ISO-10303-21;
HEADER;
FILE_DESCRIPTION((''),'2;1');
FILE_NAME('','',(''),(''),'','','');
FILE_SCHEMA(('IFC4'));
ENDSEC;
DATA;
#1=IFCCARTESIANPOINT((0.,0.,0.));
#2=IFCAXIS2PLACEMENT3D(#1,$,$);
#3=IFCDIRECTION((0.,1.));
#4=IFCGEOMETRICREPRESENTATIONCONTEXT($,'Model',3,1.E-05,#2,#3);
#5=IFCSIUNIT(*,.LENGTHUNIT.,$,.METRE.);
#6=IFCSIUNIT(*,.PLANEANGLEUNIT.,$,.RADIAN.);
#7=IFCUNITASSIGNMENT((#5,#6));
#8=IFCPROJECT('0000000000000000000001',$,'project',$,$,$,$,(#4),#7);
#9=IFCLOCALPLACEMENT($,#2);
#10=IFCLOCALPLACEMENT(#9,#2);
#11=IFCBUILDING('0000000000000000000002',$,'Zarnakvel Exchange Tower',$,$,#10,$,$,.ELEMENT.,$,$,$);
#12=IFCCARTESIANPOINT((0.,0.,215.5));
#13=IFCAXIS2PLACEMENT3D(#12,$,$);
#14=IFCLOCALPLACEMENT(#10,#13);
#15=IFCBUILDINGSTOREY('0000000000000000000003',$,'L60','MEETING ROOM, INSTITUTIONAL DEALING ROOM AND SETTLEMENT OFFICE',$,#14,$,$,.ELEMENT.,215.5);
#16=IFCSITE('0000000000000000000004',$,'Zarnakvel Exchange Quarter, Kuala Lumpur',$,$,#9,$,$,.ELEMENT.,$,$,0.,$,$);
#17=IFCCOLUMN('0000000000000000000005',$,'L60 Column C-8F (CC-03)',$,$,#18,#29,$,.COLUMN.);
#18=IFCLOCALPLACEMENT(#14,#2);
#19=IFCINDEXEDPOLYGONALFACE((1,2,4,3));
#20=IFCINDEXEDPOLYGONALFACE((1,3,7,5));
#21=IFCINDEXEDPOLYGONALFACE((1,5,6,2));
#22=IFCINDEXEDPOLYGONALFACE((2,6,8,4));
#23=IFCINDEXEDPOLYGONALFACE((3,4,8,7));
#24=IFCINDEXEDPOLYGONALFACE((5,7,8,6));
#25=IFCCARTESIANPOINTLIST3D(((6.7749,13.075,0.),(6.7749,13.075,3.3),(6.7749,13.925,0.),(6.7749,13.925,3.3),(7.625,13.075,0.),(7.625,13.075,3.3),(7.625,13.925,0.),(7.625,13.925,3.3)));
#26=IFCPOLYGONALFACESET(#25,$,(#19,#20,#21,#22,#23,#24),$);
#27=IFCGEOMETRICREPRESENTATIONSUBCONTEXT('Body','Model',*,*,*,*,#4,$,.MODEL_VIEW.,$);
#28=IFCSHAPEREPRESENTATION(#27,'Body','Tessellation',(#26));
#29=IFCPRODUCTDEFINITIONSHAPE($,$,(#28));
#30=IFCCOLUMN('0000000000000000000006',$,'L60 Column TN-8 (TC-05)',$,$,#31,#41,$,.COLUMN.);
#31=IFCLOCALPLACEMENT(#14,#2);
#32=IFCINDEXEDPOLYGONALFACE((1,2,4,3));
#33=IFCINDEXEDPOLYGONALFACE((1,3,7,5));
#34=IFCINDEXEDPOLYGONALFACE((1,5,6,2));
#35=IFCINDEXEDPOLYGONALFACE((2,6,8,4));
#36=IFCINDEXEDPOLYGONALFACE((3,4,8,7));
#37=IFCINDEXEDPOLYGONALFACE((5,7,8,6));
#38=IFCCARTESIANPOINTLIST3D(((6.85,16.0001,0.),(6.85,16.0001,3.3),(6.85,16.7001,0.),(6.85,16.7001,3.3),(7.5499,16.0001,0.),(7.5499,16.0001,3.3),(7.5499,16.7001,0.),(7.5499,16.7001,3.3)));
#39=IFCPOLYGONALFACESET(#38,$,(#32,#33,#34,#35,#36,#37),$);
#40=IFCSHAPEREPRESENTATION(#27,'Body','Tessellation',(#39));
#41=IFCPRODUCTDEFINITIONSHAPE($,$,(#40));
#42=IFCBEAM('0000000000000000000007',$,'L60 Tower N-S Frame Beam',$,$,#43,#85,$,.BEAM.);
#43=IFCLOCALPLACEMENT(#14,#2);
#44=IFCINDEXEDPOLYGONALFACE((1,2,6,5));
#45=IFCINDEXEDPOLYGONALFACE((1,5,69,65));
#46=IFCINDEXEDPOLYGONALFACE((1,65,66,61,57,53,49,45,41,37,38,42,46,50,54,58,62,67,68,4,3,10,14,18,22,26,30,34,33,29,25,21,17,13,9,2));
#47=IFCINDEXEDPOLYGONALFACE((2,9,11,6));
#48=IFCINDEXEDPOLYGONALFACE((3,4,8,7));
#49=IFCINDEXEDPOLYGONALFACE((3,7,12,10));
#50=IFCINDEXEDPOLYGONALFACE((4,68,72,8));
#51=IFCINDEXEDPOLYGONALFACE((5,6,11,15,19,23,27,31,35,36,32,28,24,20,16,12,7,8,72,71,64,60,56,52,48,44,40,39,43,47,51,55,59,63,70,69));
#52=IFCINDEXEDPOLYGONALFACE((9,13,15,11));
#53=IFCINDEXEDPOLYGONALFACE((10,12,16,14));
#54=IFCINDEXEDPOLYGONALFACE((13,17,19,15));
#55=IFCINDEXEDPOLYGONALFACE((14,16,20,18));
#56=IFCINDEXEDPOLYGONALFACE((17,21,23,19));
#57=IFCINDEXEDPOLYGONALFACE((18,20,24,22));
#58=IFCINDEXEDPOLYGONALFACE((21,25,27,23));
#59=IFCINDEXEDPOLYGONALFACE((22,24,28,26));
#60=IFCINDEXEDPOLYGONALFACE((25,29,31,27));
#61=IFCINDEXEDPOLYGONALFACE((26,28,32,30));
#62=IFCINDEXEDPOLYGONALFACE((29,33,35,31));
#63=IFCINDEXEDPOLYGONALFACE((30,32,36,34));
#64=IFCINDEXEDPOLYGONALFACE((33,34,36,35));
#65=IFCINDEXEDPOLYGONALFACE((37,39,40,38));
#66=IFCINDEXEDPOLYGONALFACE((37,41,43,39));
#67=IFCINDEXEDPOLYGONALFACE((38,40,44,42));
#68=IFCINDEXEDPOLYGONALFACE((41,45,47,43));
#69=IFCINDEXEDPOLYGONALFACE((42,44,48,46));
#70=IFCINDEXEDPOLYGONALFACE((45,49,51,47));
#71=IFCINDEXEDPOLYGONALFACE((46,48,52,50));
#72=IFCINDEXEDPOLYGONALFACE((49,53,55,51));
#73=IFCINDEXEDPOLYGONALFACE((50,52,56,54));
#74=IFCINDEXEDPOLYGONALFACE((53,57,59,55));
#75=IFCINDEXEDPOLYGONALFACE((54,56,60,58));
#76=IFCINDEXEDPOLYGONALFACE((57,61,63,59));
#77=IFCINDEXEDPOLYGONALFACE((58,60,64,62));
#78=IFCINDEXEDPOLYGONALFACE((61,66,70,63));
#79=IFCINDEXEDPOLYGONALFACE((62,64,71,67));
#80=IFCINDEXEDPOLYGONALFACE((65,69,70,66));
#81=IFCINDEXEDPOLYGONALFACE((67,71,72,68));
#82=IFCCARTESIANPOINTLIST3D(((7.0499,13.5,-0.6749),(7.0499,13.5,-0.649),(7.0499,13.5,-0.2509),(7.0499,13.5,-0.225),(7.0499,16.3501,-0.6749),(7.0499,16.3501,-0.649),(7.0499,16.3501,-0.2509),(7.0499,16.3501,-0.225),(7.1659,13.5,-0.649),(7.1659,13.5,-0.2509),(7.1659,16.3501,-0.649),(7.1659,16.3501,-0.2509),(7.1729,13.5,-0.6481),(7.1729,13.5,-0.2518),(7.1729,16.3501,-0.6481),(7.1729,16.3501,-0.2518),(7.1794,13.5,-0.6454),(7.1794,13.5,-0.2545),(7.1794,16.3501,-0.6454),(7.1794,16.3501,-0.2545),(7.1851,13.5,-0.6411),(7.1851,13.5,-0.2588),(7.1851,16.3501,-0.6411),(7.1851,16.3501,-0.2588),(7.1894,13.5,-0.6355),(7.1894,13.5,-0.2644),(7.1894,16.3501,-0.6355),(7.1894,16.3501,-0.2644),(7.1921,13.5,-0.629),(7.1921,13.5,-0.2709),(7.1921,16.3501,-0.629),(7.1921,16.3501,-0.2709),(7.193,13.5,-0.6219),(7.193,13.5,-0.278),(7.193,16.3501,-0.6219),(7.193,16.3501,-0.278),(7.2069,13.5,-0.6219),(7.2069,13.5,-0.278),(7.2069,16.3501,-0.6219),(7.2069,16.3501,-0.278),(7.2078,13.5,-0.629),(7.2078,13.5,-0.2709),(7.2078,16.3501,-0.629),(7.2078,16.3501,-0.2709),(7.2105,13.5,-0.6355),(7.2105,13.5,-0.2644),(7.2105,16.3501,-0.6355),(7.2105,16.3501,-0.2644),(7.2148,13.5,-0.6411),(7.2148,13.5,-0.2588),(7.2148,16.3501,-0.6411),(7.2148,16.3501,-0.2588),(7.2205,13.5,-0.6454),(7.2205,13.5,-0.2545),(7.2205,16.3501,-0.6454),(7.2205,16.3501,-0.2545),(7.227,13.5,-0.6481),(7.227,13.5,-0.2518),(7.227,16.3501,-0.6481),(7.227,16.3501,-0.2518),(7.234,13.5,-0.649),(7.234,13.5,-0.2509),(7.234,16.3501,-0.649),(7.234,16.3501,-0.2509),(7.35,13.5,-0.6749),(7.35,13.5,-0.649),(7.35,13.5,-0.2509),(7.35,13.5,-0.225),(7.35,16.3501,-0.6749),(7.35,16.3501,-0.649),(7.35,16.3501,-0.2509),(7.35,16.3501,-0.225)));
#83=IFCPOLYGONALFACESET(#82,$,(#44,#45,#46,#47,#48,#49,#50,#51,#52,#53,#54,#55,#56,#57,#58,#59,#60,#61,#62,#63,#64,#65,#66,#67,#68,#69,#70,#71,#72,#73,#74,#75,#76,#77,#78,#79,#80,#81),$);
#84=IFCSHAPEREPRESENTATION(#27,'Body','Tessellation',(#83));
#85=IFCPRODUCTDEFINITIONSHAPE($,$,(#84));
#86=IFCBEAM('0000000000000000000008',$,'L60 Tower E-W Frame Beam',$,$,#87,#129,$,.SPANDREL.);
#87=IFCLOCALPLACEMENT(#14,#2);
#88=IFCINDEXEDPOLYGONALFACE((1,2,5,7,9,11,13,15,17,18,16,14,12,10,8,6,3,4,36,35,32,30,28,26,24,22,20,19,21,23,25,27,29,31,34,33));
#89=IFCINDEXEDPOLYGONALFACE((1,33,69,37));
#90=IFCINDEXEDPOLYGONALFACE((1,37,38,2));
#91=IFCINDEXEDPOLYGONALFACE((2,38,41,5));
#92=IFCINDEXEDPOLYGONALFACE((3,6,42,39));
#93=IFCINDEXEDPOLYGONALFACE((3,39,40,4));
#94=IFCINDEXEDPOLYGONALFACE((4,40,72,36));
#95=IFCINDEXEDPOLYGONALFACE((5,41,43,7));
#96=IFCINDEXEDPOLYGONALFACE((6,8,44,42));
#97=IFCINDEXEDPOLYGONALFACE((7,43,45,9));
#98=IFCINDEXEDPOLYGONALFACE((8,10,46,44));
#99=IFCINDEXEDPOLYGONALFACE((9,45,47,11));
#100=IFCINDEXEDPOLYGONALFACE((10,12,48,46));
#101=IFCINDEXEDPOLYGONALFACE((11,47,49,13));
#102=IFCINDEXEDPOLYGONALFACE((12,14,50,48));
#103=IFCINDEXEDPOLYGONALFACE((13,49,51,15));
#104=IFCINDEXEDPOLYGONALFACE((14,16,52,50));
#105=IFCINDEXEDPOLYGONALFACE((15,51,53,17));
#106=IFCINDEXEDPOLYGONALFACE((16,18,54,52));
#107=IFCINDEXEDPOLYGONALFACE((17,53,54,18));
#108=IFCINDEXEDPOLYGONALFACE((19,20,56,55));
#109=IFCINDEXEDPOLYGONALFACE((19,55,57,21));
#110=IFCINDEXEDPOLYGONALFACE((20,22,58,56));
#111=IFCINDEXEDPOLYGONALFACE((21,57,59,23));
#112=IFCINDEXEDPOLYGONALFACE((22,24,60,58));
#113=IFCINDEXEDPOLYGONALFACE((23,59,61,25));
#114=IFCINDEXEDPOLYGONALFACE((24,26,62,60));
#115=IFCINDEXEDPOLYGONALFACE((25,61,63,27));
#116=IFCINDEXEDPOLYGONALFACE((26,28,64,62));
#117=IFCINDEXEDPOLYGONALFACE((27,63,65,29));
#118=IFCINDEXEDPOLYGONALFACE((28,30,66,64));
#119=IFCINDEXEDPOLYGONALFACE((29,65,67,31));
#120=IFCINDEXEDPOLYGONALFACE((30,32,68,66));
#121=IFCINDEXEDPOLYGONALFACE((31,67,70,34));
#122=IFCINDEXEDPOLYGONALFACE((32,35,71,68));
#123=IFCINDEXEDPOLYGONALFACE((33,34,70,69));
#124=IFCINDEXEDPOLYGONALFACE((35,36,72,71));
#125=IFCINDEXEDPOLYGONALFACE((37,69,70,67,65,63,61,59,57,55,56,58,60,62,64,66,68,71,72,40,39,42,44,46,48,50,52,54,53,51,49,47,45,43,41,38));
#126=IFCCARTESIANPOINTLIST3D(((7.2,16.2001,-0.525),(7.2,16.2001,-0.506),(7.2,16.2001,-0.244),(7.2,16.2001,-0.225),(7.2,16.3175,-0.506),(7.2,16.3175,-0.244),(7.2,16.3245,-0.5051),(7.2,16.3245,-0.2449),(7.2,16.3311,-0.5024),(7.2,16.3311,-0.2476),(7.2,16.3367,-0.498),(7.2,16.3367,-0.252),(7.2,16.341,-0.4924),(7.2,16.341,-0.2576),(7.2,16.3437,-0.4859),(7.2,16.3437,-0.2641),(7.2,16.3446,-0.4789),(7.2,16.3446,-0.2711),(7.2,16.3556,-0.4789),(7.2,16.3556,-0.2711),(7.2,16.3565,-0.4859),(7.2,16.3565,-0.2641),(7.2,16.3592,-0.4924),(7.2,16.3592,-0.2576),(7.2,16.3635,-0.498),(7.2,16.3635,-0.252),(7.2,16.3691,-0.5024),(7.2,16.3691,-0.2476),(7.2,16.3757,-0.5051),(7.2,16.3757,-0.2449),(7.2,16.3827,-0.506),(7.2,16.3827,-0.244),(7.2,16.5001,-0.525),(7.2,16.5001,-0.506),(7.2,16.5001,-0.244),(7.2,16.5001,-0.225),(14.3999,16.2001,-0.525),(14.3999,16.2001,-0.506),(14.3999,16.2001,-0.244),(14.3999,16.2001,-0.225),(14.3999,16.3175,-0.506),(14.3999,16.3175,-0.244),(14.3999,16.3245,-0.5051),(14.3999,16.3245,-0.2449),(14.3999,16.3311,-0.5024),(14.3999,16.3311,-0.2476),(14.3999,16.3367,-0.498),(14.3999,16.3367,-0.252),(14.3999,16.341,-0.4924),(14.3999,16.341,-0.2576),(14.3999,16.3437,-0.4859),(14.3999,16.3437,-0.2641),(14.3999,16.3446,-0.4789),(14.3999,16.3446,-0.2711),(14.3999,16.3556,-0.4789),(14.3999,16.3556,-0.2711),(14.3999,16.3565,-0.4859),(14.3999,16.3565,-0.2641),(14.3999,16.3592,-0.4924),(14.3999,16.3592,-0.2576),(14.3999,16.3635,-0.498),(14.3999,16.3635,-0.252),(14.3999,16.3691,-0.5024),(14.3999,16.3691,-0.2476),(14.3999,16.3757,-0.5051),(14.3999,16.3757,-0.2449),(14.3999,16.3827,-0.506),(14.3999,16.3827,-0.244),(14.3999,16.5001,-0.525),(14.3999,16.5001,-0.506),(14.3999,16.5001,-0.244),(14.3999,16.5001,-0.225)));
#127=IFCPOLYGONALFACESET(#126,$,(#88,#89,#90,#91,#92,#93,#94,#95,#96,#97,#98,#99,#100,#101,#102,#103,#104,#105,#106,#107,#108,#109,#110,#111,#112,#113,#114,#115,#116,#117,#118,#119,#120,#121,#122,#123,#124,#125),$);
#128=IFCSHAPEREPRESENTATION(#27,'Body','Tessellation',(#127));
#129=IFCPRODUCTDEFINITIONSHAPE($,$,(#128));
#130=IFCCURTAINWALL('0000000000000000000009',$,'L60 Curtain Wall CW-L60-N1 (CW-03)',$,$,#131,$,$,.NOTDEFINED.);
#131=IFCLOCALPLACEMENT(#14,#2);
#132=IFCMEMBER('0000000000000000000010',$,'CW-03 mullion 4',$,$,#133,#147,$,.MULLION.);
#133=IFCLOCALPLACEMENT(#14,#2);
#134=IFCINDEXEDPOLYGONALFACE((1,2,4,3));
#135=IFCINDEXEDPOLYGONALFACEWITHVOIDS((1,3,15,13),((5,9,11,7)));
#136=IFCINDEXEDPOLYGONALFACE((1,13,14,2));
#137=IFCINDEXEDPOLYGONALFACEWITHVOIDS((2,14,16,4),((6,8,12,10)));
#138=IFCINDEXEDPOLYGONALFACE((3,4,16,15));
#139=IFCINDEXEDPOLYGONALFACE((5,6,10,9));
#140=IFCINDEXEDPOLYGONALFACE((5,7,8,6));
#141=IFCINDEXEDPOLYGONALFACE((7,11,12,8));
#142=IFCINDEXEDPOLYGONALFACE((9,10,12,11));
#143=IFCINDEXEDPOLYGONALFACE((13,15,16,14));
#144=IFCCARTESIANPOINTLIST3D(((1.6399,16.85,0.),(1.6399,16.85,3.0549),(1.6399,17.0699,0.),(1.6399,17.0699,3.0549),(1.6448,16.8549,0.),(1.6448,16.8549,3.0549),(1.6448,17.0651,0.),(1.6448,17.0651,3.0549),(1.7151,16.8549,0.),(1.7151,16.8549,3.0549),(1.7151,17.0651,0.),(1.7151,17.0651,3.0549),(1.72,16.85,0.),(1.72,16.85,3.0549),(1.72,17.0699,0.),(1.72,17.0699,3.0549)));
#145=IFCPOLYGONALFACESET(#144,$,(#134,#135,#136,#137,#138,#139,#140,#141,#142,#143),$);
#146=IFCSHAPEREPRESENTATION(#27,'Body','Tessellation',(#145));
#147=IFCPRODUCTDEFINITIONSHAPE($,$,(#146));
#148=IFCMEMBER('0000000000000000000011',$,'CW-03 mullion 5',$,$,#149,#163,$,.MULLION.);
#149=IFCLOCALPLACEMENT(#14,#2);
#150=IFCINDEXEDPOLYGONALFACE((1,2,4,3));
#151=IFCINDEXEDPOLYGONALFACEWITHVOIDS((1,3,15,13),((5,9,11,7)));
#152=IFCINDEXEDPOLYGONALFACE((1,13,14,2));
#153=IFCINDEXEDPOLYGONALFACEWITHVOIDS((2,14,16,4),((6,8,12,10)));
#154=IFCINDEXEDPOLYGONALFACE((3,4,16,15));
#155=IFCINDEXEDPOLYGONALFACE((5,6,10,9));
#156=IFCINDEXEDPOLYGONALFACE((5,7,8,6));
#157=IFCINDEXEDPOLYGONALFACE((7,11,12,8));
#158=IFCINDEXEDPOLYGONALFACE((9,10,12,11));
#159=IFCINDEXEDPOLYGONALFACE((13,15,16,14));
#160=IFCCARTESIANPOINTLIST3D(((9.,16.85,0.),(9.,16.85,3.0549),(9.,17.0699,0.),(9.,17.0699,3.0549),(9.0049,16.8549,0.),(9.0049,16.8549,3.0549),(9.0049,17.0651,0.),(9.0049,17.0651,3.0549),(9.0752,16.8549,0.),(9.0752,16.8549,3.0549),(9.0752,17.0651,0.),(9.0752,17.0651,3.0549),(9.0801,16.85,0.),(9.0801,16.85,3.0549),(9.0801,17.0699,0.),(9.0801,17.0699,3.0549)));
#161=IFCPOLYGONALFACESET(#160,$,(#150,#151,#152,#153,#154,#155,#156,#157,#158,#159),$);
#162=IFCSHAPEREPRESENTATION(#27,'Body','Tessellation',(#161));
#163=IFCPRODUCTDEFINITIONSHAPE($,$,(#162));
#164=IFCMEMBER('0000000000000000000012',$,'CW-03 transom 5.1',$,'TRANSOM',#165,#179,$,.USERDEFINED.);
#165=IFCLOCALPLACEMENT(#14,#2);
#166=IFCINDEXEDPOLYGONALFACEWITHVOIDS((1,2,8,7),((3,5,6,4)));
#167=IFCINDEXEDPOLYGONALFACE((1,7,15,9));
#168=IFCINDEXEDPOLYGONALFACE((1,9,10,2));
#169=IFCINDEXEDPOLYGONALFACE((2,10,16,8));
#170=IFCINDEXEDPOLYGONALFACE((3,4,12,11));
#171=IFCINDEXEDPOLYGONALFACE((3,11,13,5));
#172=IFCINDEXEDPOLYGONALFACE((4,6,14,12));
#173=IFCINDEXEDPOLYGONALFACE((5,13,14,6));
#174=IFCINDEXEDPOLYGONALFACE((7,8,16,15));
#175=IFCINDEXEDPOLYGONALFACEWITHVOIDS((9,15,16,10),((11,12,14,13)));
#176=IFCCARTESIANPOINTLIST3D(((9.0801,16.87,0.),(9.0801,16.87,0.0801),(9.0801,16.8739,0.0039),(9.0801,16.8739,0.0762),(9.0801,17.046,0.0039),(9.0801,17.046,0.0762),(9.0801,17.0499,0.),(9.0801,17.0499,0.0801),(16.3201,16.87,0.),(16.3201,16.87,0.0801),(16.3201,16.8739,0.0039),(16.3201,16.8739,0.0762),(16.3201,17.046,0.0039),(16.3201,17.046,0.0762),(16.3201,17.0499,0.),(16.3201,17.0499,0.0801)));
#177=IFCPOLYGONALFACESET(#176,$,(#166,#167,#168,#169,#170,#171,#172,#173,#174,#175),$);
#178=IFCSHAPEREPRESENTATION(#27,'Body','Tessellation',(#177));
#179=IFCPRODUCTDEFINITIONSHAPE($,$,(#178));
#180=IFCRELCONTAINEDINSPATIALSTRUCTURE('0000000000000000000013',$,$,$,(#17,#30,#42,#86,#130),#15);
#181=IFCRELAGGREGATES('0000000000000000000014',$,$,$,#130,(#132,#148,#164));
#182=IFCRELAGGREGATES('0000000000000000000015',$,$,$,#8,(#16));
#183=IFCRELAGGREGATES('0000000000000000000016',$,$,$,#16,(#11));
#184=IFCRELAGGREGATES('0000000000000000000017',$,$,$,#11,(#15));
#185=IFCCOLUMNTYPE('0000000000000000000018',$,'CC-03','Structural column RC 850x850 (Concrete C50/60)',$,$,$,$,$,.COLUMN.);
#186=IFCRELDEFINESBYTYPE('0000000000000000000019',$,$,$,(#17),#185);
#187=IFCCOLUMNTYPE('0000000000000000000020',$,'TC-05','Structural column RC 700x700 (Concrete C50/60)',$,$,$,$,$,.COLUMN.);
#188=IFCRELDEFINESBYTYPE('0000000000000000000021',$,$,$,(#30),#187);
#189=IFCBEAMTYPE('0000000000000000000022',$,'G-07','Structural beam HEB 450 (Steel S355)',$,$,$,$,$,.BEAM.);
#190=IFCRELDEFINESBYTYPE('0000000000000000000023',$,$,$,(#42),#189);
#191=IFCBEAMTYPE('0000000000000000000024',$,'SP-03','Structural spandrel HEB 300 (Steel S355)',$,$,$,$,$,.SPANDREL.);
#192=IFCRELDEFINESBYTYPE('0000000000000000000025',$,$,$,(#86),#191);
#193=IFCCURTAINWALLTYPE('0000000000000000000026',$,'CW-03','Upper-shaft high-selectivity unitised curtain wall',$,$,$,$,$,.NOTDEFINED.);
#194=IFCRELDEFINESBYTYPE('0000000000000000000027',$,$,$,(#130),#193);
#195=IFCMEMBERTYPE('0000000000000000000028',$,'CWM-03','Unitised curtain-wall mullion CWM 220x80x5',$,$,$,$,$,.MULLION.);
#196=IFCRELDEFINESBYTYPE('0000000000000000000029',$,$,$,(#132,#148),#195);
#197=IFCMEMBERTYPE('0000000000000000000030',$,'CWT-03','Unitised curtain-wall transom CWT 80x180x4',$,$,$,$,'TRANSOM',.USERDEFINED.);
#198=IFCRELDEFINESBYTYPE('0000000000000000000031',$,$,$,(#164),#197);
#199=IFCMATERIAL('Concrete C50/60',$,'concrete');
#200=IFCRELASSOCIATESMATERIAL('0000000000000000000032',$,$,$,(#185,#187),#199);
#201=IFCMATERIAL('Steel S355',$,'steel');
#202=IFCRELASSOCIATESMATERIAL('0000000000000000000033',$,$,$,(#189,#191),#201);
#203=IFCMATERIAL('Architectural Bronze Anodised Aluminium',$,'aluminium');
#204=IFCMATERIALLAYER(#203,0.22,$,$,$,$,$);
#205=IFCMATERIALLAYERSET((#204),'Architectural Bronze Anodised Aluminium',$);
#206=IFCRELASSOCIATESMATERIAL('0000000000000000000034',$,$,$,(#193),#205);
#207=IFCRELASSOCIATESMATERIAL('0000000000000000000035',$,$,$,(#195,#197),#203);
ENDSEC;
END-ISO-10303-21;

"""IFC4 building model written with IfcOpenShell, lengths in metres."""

from ifc_helpers import new_model, si_unit, direction, frame, origin, origin_2d, place, context, subcontext, project, spatial, rectangle, hollow_rectangle, i_section, extrude, source, transform, mapped, material, layer, layer_set, material_profile, profile_set, type_object, element, aggregate, save


model = new_model("IFC4")

# Units and contexts
model_context = context("Model", 3, precision=1e-05, world=origin(), true_north=direction((0.0, 1.0)))
body_context = subcontext(model_context, "Body", "Model", "MODEL_VIEW")
ifc_project = project(units=[si_unit("LENGTHUNIT", "METRE"), si_unit("PLANEANGLEUNIT", "RADIAN")], contexts=[model_context])

# Site, building, storey
site_placement = place(None, origin())
site = spatial("IfcSite", under=ifc_project, at=site_placement, Name="Zarnakvel Exchange Quarter, Kuala Lumpur", CompositionType="ELEMENT", RefElevation=0.0)
building_placement = place(site_placement, origin())
building = spatial("IfcBuilding", under=site, at=building_placement, Name="Zarnakvel Exchange Tower", CompositionType="ELEMENT")
storey_placement = place(building_placement, frame((0.0, 0.0, 215.5)))
storey = spatial("IfcBuildingStorey", under=building, at=storey_placement, Name="L60", Description="MEETING ROOM, INSTITUTIONAL DEALING ROOM AND SETTLEMENT OFFICE", CompositionType="ELEMENT", Elevation=215.5)

# Columns
ifc_material_1 = material(Name="Concrete C50/60", Category="concrete")
ifc_material_profile_1 = material_profile(ifc_material_1, rectangle(XDim=0.8501, YDim=0.8501, at=origin_2d()))
ifc_profile_set_1 = profile_set([ifc_material_profile_1], Name="Concrete C50/60")
column_type_1 = type_object("IfcColumnType", Name="CC-03", Description="Structural column RC 850x850 (Concrete C50/60)", PredefinedType="COLUMN", material=ifc_profile_set_1)
column_1_placement = place(storey_placement, frame((7.2, 13.5, 0.0), z_axis=(0.0, 0.0, 1.0), x_axis=(1.0, 0.0, 0.0)))
element("IfcColumn", 1, at=column_1_placement, inside=storey, type_object=column_type_1, Name="L60 Column C-8F (CC-03)", PredefinedType="COLUMN", context=body_context, shape_type="SweptSolid", body=[
    extrude(rectangle(XDim=0.8501, YDim=0.8501, at=origin_2d()), origin(), (0.0, 0.0, 1.0), 3.3),
])
ifc_material_profile_2 = material_profile(ifc_material_1, rectangle(XDim=0.7, YDim=0.7, at=origin_2d()))
ifc_profile_set_2 = profile_set([ifc_material_profile_2], Name="Concrete C50/60")
column_type_2 = type_object("IfcColumnType", Name="TC-05", Description="Structural column RC 700x700 (Concrete C50/60)", PredefinedType="COLUMN", material=ifc_profile_set_2)
column_2_placement = place(storey_placement, frame((7.2, 16.3501, 0.0), z_axis=(0.0, 0.0, 1.0), x_axis=(1.0, 0.0, 0.0)))
element("IfcColumn", 2, at=column_2_placement, inside=storey, type_object=column_type_2, Name="L60 Column TN-8 (TC-05)", PredefinedType="COLUMN", context=body_context, shape_type="SweptSolid", body=[
    extrude(rectangle(XDim=0.7, YDim=0.7, at=origin_2d()), origin(), (0.0, 0.0, 1.0), 3.3),
])

# Beams
ifc_material_2 = material(Name="Steel S355", Category="steel")
ifc_material_profile_3 = material_profile(ifc_material_2, i_section(OverallWidth=0.3, OverallDepth=0.45, WebThickness=0.0139, FlangeThickness=0.0259, FilletRadius=0.0271, at=origin_2d()))
ifc_profile_set_3 = profile_set([ifc_material_profile_3], Name="Steel S355")
beam_type_1 = type_object("IfcBeamType", Name="G-07", Description="Structural beam HEB 450 (Steel S355)", PredefinedType="BEAM", material=ifc_profile_set_3)
beam_1_placement = place(storey_placement, frame((7.2, 13.5, -0.45), z_axis=(0.0, 1.0, 0.0), x_axis=(-1.0, 0.0, 0.0)))
element("IfcBeam", 3, at=beam_1_placement, inside=storey, type_object=beam_type_1, Name="L60 Tower N-S Frame Beam", PredefinedType="BEAM", context=body_context, shape_type="SweptSolid", body=[
    extrude(i_section(OverallWidth=0.3, OverallDepth=0.45, WebThickness=0.0139, FlangeThickness=0.0259, FilletRadius=0.0271, at=origin_2d()), origin(), (0.0, 0.0, 1.0), 2.8501),
])
ifc_material_profile_4 = material_profile(ifc_material_2, i_section(OverallWidth=0.3, OverallDepth=0.3, WebThickness=0.011, FlangeThickness=0.019, FilletRadius=0.0271, at=origin_2d()))
ifc_profile_set_4 = profile_set([ifc_material_profile_4], Name="Steel S355")
beam_type_2 = type_object("IfcBeamType", Name="SP-03", Description="Structural spandrel HEB 300 (Steel S355)", PredefinedType="SPANDREL", material=ifc_profile_set_4)
beam_2_placement = place(storey_placement, frame((7.2, 16.3501, -0.375), z_axis=(1.0, 0.0, 0.0), x_axis=(0.0, 1.0, 0.0)))
element("IfcBeam", 4, at=beam_2_placement, inside=storey, type_object=beam_type_2, Name="L60 Tower E-W Frame Beam", PredefinedType="SPANDREL", context=body_context, shape_type="SweptSolid", body=[
    extrude(i_section(OverallWidth=0.3, OverallDepth=0.3, WebThickness=0.011, FlangeThickness=0.019, FilletRadius=0.0271, at=origin_2d()), origin(), (0.0, 0.0, 1.0), 7.2),
])

# Curtain wall, members
ifc_material_3 = material(Name="Architectural Bronze Anodised Aluminium", Category="aluminium")
ifc_layer_1 = layer(ifc_material_3, 0.22)
ifc_layer_set_1 = layer_set([ifc_layer_1], Name="Architectural Bronze Anodised Aluminium")
curtain_wall_type = type_object("IfcCurtainWallType", Name="CW-03", Description="Upper-shaft high-selectivity unitised curtain wall", PredefinedType="NOTDEFINED", material=ifc_layer_set_1)
curtain_wall_placement = place(storey_placement, origin())
curtain_wall = element("IfcCurtainWall", 5, at=curtain_wall_placement, inside=storey, type_object=curtain_wall_type, Name="L60 Curtain Wall CW-L60-N1 (CW-03)", PredefinedType="NOTDEFINED")
ifc_material_profile_5 = material_profile(ifc_material_3, hollow_rectangle(XDim=0.22, YDim=0.0801, WallThickness=0.0049, at=origin_2d()))
ifc_profile_set_5 = profile_set([ifc_material_profile_5], Name="Architectural Bronze Anodised Aluminium")
member_type_1 = type_object("IfcMemberType", Name="CWM-03", Description="Unitised curtain-wall mullion CWM 220x80x5", PredefinedType="MULLION", material=ifc_profile_set_5)
shared_shape_1 = source(origin(), body_context, "Body", "SweptSolid", [
    extrude(hollow_rectangle(XDim=0.22, YDim=0.0801, WallThickness=0.0049, at=origin_2d()), origin(), (0.0, 0.0, 1.0), 3.0549),
])
member_1_placement = place(storey_placement, frame((1.6799, 16.96, 0.0), z_axis=(0.0, 0.0, 1.0), x_axis=(0.0, 1.0, 0.0)))
member_1 = element("IfcMember", 6, at=member_1_placement, type_object=member_type_1, Name="CW-03 mullion 4", PredefinedType="MULLION", context=body_context, shape_type="MappedRepresentation", body=[
    mapped(shared_shape_1, transform((0.0, 0.0, 0.0), x_axis=(1.0, 0.0, 0.0), y_axis=(0.0, 1.0, 0.0), z_axis=(0.0, 0.0, 1.0), scale=1.0)),
])
member_2_placement = place(storey_placement, frame((9.04, 16.96, 0.0), z_axis=(0.0, 0.0, 1.0), x_axis=(0.0, 1.0, 0.0)))
member_2 = element("IfcMember", 7, at=member_2_placement, type_object=member_type_1, Name="CW-03 mullion 5", PredefinedType="MULLION", context=body_context, shape_type="MappedRepresentation", body=[
    mapped(shared_shape_1, transform((0.0, 0.0, 0.0), x_axis=(1.0, 0.0, 0.0), y_axis=(0.0, 1.0, 0.0), z_axis=(0.0, 0.0, 1.0), scale=1.0)),
])
ifc_material_profile_6 = material_profile(ifc_material_3, hollow_rectangle(XDim=0.1799, YDim=0.0801, WallThickness=0.0039, at=origin_2d()))
ifc_profile_set_6 = profile_set([ifc_material_profile_6], Name="Architectural Bronze Anodised Aluminium")
member_type_2 = type_object("IfcMemberType", Name="CWT-03", Description="Unitised curtain-wall transom CWT 80x180x4", ElementType="TRANSOM", PredefinedType="USERDEFINED", material=ifc_profile_set_6)
shared_shape_2 = source(origin(), body_context, "Body", "SweptSolid", [
    extrude(hollow_rectangle(XDim=0.1799, YDim=0.0801, WallThickness=0.0039, at=origin_2d()), origin(), (0.0, 0.0, 1.0), 7.24),
])
member_3_placement = place(storey_placement, frame((9.0801, 16.96, 0.04), z_axis=(1.0, 0.0, 0.0), x_axis=(0.0, 1.0, 0.0)))
member_3 = element("IfcMember", 8, at=member_3_placement, type_object=member_type_2, Name="CW-03 transom 5.1", ObjectType="TRANSOM", PredefinedType="USERDEFINED", context=body_context, shape_type="MappedRepresentation", body=[
    mapped(shared_shape_2, transform((0.0, 0.0, 0.0), x_axis=(1.0, 0.0, 0.0), y_axis=(0.0, 1.0, 0.0), z_axis=(0.0, 0.0, 1.0), scale=1.0)),
])
aggregate(curtain_wall, [member_1, member_2, member_3])

save(model, "model.ifc")
